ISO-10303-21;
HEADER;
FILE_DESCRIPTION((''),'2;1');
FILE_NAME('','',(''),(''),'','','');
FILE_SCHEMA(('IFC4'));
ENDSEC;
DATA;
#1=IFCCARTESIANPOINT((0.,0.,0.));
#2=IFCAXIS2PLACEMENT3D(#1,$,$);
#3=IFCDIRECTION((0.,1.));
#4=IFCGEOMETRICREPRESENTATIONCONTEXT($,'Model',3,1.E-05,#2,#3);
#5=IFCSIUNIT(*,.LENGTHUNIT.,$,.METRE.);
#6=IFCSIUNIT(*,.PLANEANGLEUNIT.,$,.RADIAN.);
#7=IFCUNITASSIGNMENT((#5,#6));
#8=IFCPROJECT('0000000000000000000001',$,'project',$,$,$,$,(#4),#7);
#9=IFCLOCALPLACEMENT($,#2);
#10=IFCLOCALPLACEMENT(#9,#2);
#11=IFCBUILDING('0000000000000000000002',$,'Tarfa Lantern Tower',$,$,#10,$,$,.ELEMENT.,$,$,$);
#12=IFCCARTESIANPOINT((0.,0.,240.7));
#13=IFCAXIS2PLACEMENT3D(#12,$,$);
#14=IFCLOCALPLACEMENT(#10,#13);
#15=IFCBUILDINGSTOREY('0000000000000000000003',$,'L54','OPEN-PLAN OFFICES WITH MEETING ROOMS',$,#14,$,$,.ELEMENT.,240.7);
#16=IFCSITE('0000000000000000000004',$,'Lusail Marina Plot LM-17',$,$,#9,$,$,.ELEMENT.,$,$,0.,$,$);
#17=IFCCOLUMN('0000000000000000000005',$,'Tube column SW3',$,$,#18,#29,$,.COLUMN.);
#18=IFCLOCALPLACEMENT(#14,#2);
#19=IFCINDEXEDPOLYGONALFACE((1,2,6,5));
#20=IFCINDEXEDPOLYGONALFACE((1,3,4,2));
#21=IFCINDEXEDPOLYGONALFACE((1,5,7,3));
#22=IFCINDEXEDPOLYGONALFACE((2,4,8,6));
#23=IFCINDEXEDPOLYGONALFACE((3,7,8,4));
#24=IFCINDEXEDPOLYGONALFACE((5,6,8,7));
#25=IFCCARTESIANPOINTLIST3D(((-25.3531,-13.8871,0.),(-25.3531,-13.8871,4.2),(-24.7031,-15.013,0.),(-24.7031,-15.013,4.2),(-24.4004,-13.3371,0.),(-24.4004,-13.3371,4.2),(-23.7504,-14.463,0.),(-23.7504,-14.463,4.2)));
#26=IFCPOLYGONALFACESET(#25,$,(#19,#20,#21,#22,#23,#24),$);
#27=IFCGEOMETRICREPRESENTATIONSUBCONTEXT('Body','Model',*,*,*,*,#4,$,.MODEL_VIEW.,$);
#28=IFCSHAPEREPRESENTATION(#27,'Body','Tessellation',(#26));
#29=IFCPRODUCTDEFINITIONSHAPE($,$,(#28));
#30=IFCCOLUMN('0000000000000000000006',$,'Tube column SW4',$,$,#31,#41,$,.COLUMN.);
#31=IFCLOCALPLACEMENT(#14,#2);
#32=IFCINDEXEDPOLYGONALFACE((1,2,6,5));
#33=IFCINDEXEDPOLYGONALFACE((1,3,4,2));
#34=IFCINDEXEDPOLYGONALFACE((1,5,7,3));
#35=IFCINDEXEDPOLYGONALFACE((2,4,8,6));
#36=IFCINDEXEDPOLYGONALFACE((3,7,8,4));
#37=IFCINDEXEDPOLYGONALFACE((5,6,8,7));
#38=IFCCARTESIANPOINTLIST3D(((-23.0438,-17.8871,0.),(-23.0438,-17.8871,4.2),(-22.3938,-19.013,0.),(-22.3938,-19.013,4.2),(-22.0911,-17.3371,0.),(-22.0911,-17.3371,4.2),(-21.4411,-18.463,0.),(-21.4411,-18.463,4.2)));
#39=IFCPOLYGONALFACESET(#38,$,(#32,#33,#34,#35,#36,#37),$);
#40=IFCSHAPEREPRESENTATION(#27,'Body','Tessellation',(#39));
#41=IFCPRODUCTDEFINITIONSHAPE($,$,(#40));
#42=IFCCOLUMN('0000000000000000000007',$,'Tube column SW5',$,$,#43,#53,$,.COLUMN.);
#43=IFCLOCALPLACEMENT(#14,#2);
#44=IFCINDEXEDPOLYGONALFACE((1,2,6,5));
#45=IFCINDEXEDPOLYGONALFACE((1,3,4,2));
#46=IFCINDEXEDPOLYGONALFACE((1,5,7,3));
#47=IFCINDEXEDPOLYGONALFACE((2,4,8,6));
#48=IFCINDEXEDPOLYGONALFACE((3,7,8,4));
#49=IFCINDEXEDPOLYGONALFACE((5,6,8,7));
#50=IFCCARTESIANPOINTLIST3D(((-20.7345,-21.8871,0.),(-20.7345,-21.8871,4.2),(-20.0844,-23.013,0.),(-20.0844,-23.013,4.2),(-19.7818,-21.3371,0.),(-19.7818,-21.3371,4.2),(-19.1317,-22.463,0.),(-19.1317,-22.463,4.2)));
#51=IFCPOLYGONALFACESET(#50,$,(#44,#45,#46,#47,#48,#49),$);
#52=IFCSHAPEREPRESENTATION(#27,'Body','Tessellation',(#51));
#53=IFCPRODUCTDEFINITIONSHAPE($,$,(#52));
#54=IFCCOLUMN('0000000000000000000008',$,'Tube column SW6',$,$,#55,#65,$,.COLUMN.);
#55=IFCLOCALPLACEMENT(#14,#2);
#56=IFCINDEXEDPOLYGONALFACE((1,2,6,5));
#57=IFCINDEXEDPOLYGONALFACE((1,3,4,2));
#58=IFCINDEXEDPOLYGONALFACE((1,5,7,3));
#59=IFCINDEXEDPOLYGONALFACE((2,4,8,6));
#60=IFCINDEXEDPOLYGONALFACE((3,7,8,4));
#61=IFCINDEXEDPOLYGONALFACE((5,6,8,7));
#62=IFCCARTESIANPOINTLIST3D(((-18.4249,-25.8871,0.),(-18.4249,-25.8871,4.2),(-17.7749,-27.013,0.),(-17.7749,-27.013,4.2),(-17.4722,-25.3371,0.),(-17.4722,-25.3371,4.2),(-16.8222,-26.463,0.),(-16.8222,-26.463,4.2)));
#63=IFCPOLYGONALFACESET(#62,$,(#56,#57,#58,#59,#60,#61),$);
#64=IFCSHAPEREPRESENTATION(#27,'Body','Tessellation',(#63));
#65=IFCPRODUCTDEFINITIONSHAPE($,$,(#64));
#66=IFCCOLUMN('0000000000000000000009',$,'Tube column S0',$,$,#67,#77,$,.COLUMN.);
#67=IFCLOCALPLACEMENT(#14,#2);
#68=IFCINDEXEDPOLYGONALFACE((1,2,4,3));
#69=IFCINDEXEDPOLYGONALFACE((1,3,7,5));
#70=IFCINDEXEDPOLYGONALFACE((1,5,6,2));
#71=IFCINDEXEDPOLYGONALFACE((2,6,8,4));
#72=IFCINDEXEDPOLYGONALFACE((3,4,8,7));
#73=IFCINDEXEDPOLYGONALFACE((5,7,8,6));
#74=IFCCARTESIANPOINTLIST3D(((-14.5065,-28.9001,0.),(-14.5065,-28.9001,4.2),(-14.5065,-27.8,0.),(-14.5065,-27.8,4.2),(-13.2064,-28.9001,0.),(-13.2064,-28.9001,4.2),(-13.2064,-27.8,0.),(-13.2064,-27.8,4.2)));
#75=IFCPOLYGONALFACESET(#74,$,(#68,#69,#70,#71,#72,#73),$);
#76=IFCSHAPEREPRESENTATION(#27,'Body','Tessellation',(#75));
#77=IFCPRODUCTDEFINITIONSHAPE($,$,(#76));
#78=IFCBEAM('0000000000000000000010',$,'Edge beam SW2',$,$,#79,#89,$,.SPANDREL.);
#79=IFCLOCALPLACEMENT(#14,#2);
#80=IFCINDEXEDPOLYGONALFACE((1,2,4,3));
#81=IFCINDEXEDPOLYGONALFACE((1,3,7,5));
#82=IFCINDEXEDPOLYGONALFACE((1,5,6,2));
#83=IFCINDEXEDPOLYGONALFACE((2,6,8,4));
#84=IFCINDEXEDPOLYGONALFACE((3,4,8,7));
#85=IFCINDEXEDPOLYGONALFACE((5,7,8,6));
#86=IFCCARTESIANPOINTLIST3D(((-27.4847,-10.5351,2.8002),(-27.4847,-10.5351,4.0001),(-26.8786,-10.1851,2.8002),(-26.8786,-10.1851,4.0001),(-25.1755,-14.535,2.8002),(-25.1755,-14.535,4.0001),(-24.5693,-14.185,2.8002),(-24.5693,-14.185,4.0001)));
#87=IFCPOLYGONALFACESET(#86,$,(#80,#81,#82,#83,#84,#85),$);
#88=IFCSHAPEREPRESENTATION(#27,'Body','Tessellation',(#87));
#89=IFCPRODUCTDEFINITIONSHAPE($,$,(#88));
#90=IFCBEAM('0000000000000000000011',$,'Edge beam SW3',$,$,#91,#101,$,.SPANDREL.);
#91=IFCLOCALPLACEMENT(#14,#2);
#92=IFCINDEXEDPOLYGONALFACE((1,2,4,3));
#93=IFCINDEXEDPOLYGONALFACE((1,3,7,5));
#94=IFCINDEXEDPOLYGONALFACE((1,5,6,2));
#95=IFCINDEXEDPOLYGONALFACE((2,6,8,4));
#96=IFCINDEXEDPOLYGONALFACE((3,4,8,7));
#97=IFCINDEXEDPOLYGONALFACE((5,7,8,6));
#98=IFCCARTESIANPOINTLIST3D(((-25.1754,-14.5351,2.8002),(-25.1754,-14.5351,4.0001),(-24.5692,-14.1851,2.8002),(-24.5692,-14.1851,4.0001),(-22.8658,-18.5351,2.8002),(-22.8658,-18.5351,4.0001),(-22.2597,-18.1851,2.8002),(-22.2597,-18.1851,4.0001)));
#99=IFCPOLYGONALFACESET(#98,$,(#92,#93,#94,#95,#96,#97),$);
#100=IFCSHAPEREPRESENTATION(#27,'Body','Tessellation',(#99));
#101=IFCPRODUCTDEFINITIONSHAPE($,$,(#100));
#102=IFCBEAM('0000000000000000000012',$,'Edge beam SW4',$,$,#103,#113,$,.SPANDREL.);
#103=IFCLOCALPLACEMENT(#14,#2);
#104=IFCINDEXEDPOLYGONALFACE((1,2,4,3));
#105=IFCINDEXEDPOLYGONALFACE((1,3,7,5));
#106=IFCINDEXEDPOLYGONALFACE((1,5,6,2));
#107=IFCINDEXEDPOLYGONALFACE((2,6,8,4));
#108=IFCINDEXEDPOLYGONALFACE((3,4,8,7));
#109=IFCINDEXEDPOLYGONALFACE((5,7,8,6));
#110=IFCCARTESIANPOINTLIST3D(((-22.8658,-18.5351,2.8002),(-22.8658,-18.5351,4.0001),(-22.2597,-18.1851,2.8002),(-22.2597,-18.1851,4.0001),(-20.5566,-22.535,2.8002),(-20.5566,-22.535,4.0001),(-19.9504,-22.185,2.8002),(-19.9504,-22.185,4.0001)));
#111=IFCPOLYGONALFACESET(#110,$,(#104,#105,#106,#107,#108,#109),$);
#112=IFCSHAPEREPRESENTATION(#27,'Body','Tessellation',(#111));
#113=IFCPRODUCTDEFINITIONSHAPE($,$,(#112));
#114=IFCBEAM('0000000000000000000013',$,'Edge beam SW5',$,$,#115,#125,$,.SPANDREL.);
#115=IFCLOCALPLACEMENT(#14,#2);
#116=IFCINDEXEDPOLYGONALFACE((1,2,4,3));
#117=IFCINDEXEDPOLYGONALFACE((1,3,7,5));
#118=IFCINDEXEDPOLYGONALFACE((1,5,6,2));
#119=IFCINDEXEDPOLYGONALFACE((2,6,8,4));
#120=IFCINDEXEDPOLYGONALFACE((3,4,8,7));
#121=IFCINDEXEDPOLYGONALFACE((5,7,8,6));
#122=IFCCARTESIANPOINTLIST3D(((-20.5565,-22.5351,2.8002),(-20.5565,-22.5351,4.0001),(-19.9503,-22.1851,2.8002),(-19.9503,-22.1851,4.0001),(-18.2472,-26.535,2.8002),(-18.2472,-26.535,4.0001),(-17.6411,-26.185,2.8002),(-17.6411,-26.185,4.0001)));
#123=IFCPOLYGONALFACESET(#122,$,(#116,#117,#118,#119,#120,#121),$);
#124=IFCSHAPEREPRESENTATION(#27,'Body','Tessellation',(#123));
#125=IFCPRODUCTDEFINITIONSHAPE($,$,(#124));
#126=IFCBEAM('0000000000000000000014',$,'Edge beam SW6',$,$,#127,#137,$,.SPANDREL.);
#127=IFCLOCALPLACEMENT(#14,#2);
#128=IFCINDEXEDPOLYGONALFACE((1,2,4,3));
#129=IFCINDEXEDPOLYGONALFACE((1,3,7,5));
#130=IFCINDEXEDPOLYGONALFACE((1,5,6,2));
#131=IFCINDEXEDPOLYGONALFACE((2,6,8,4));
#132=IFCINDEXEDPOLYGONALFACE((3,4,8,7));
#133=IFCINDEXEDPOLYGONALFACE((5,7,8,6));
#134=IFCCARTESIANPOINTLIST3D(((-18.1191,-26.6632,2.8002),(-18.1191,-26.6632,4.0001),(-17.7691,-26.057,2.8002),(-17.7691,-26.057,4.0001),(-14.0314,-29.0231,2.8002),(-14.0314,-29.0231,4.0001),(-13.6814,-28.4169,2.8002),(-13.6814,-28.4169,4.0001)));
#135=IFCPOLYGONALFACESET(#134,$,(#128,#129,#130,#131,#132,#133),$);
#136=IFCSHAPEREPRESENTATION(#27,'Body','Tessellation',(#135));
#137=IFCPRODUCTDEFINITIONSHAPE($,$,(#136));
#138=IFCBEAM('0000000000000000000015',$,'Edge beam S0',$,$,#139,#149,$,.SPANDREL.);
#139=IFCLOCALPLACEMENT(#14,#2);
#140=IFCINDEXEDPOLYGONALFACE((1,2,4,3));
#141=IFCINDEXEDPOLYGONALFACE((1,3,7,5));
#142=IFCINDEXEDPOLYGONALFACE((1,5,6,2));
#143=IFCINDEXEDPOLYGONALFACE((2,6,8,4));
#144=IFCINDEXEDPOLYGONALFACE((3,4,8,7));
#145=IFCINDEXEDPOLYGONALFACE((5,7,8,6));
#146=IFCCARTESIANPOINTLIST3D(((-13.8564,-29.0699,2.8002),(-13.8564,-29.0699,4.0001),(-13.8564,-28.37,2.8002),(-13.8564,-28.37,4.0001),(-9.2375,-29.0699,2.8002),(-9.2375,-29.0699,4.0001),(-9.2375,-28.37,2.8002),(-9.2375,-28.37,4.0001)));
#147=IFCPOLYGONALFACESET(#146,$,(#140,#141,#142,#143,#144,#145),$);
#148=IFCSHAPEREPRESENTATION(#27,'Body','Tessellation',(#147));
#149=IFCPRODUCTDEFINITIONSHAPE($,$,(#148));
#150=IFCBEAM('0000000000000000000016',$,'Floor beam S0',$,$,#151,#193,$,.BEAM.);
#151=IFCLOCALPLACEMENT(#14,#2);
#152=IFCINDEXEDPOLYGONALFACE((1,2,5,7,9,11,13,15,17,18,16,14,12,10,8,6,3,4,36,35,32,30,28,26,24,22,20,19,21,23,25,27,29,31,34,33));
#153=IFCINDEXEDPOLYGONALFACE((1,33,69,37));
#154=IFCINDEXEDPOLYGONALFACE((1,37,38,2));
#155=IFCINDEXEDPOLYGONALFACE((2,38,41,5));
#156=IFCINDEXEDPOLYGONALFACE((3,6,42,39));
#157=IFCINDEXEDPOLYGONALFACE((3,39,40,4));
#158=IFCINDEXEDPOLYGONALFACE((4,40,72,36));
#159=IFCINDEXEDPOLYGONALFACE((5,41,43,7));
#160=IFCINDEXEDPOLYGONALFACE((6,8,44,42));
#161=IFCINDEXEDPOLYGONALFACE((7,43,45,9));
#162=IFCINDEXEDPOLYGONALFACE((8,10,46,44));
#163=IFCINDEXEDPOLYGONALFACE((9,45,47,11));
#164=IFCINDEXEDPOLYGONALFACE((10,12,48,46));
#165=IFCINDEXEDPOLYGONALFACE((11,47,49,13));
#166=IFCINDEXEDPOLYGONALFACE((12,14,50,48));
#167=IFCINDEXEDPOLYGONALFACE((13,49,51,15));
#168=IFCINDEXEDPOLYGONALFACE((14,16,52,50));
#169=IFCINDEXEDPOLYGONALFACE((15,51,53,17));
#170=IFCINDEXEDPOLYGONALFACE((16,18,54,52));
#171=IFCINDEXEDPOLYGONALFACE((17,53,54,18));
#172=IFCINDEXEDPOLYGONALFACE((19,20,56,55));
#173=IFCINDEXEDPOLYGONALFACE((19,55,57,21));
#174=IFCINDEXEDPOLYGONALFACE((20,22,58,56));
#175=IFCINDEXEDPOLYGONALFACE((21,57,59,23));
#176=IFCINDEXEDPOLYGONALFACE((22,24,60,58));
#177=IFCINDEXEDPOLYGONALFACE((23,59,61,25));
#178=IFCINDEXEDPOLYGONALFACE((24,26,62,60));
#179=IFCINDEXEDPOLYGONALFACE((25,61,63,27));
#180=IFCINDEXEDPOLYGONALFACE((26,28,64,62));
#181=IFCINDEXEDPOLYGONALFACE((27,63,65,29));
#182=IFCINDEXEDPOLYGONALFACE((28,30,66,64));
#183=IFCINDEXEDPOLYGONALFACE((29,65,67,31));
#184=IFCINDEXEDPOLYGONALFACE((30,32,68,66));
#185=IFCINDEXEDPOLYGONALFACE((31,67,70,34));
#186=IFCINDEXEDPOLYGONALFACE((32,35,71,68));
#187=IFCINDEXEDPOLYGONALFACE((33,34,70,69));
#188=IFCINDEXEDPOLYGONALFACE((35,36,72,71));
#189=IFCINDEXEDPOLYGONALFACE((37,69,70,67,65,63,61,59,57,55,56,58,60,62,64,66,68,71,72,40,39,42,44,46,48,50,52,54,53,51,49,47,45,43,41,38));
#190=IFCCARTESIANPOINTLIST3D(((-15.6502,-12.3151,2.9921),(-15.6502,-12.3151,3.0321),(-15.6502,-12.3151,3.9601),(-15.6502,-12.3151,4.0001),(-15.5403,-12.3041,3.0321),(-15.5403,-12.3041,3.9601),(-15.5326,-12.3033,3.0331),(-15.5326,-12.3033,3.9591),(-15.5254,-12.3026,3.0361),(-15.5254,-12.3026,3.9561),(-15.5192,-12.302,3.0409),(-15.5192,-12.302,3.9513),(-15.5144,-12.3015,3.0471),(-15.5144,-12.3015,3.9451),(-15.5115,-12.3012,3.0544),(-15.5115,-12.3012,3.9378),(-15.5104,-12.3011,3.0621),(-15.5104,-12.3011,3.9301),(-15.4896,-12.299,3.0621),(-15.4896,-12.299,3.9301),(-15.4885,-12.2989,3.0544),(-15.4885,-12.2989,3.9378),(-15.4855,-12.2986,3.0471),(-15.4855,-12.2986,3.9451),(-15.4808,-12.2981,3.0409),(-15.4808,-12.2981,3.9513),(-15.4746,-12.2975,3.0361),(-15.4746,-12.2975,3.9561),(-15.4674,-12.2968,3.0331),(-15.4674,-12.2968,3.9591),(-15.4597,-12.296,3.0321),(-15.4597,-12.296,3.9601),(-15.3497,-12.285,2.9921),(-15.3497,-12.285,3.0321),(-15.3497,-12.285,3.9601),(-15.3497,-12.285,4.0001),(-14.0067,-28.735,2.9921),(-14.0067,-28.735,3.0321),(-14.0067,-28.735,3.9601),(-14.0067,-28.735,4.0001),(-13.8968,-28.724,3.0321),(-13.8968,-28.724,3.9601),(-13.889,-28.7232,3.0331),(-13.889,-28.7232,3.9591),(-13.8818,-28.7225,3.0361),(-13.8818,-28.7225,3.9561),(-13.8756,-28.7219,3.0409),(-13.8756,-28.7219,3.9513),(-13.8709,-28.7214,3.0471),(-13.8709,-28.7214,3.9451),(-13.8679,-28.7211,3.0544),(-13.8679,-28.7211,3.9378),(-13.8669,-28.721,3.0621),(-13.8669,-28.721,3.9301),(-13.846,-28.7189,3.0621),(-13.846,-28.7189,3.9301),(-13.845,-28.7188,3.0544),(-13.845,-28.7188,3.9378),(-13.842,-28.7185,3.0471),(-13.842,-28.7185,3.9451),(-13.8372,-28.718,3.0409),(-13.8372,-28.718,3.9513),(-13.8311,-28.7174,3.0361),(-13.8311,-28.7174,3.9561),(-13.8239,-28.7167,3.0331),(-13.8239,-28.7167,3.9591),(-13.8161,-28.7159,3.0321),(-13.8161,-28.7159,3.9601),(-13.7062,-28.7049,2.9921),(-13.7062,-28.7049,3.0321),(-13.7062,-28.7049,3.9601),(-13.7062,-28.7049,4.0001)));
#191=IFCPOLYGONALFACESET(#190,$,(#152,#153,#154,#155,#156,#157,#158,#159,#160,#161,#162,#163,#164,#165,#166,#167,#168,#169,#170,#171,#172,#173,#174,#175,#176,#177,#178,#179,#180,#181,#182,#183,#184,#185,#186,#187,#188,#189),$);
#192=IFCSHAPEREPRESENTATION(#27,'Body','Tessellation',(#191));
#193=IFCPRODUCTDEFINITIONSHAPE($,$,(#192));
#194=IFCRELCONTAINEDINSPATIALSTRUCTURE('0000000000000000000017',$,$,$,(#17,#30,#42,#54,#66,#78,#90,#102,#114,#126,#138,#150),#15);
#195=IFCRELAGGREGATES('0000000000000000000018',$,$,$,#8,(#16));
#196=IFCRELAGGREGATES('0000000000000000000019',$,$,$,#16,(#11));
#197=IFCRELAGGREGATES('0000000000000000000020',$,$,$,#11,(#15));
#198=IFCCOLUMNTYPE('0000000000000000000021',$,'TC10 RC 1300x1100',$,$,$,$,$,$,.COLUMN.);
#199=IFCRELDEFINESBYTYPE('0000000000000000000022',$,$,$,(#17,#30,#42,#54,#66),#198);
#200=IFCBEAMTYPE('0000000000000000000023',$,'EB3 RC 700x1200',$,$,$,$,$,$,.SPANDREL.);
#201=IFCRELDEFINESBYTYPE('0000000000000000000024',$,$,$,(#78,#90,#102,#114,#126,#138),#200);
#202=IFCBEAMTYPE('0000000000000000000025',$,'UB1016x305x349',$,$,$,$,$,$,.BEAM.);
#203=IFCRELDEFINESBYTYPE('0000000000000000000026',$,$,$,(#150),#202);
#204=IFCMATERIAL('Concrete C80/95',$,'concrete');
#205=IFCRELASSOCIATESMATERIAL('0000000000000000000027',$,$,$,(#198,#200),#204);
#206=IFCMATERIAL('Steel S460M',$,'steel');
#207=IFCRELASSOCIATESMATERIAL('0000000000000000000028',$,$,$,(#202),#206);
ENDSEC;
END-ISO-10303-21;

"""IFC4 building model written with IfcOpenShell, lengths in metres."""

from ifc_helpers import new_model, si_unit, direction, frame, origin, origin_2d, place, context, subcontext, project, spatial, rectangle, i_section, extrude, material, material_profile, profile_set, type_object, element, save


model = new_model("IFC4")

# Units and contexts
model_context = context("Model", 3, precision=1e-05, world=origin(), true_north=direction((0.0, 1.0)))
body_context = subcontext(model_context, "Body", "Model", "MODEL_VIEW")
ifc_project = project(units=[si_unit("LENGTHUNIT", "METRE"), si_unit("PLANEANGLEUNIT", "RADIAN")], contexts=[model_context])

# Site, building, storey
site_placement = place(None, origin())
site = spatial("IfcSite", under=ifc_project, at=site_placement, Name="Lusail Marina Plot LM-17", CompositionType="ELEMENT", RefElevation=0.0)
building_placement = place(site_placement, origin())
building = spatial("IfcBuilding", under=site, at=building_placement, Name="Tarfa Lantern Tower", CompositionType="ELEMENT")
storey_placement = place(building_placement, frame((0.0, 0.0, 240.7)))
storey = spatial("IfcBuildingStorey", under=building, at=storey_placement, Name="L54", Description="OPEN-PLAN OFFICES WITH MEETING ROOMS", CompositionType="ELEMENT", Elevation=240.7)

# Columns
ifc_material_1 = material(Name="Concrete C80/95", Category="concrete")
ifc_material_profile_1 = material_profile(ifc_material_1, rectangle(XDim=1.3, YDim=1.1001, at=origin_2d()), Name="RC 1300x1100")
ifc_profile_set_1 = profile_set([ifc_material_profile_1], Name="Concrete C80/95")
column_type = type_object("IfcColumnType", Name="TC10 RC 1300x1100", PredefinedType="COLUMN", material=ifc_profile_set_1)
for number, where, z_axis, x_axis, name in (
    (1, (-24.5518, -14.175, 0.0), (0.0, 0.0, 1.0), (0.5, -0.866025, 0.0), "Tube column SW3"),
    (2, (-22.2424, -18.175, 0.0), (0.0, 0.0, 1.0), (0.5, -0.866025, 0.0), "Tube column SW4"),
    (3, (-19.9331, -22.175, 0.0), (0.0, 0.0, 1.0), (0.5, -0.866025, 0.0), "Tube column SW5"),
    (4, (-17.6235, -26.175, 0.0), (0.0, 0.0, 1.0), (0.5, -0.866025, 0.0), "Tube column SW6"),
    (5, (-13.8564, -28.3501, 0.0), (0.0, 0.0, 1.0), (1.0, 0.0, 0.0), "Tube column S0"),
):
    element("IfcColumn", number, at=place(storey_placement, frame(where, z_axis=z_axis, x_axis=x_axis)), inside=storey, type_object=column_type, Name=name, PredefinedType="COLUMN", context=body_context, shape_type="SweptSolid", body=[
        extrude(rectangle(XDim=1.3, YDim=1.1001, at=origin_2d()), origin(), (0.0, 0.0, 1.0), 4.2),
    ])

# Beams
ifc_material_profile_2 = material_profile(ifc_material_1, rectangle(XDim=0.7, YDim=1.2, at=origin_2d()), Name="RC 700x1200")
ifc_profile_set_2 = profile_set([ifc_material_profile_2], Name="Concrete C80/95")
beam_type_1 = type_object("IfcBeamType", Name="EB3 RC 700x1200", PredefinedType="SPANDREL", material=ifc_profile_set_2)
beam_1_placement = place(storey_placement, frame((-27.1816, -10.3601, 3.4001), z_axis=(0.499988, -0.866032, 0.0), x_axis=(0.866032, 0.499988, 0.0)))
element("IfcBeam", 6, at=beam_1_placement, inside=storey, type_object=beam_type_1, Name="Edge beam SW2", PredefinedType="SPANDREL", context=body_context, shape_type="SweptSolid", body=[
    extrude(rectangle(XDim=0.7, YDim=1.2, at=origin_2d()), origin(), (0.0, 0.0, 1.0), 4.6187),
])
beam_2_placement = place(storey_placement, frame((-24.8723, -14.3601, 3.4001), z_axis=(0.500027, -0.86601, 0.0), x_axis=(0.86601, 0.500027, 0.0)))
element("IfcBeam", 7, at=beam_2_placement, inside=storey, type_object=beam_type_1, Name="Edge beam SW3", PredefinedType="SPANDREL", context=body_context, shape_type="SweptSolid", body=[
    extrude(rectangle(XDim=0.7, YDim=1.2, at=origin_2d()), origin(), (0.0, 0.0, 1.0), 4.6189),
])
for number, where, z_axis, x_axis, name in (
    (8, (-22.5627, -18.3601, 3.4001), (0.499988, -0.866032, 0.0), (0.866032, 0.499988, 0.0), "Edge beam SW4"),
    (9, (-20.2534, -22.3601, 3.4001), (0.499988, -0.866032, 0.0), (0.866032, 0.499988, 0.0), "Edge beam SW5"),
):
    element("IfcBeam", number, at=place(storey_placement, frame(where, z_axis=z_axis, x_axis=x_axis)), inside=storey, type_object=beam_type_1, Name=name, PredefinedType="SPANDREL", context=body_context, shape_type="SweptSolid", body=[
        extrude(rectangle(XDim=0.7, YDim=1.2, at=origin_2d()), origin(), (0.0, 0.0, 1.0), 4.6187),
    ])
beam_3_placement = place(storey_placement, frame((-17.9441, -26.3601, 3.4001), z_axis=(0.866038, -0.499978, 0.0), x_axis=(0.499978, 0.866038, 0.0)))
element("IfcBeam", 10, at=beam_3_placement, inside=storey, type_object=beam_type_1, Name="Edge beam SW6", PredefinedType="SPANDREL", context=body_context, shape_type="SweptSolid", body=[
    extrude(rectangle(XDim=0.7, YDim=1.2, at=origin_2d()), origin(), (0.0, 0.0, 1.0), 4.72),
])
beam_4_placement = place(storey_placement, frame((-13.8564, -28.72, 3.4001), z_axis=(1.0, 0.0, 0.0), x_axis=(0.0, 1.0, 0.0)))
element("IfcBeam", 11, at=beam_4_placement, inside=storey, type_object=beam_type_1, Name="Edge beam S0", PredefinedType="SPANDREL", context=body_context, shape_type="SweptSolid", body=[
    extrude(rectangle(XDim=0.7, YDim=1.2, at=origin_2d()), origin(), (0.0, 0.0, 1.0), 4.6189),
])
ifc_material_2 = material(Name="Steel S460M", Category="steel")
ifc_material_profile_3 = material_profile(ifc_material_2, i_section(OverallWidth=0.302, OverallDepth=1.0081, WebThickness=0.021, FlangeThickness=0.04, FilletRadius=0.03, at=origin_2d()), Name="UB1016x305x349")
ifc_profile_set_3 = profile_set([ifc_material_profile_3], Name="Steel S460M")
beam_type_2 = type_object("IfcBeamType", Name="UB1016x305x349", PredefinedType="BEAM", material=ifc_profile_set_3)
beam_5_placement = place(storey_placement, frame((-13.8564, -28.72, 3.4961), z_axis=(-0.099597, 0.995028, 0.0), x_axis=(-0.995028, -0.099597, 0.0)))
element("IfcBeam", 12, at=beam_5_placement, inside=storey, type_object=beam_type_2, Name="Floor beam S0", PredefinedType="BEAM", context=body_context, shape_type="SweptSolid", body=[
    extrude(i_section(OverallWidth=0.302, OverallDepth=1.0081, WebThickness=0.021, FlangeThickness=0.04, FilletRadius=0.03, at=origin_2d()), origin(), (0.0, 0.0, 1.0), 16.502),
])

save(model, "model.ifc")
